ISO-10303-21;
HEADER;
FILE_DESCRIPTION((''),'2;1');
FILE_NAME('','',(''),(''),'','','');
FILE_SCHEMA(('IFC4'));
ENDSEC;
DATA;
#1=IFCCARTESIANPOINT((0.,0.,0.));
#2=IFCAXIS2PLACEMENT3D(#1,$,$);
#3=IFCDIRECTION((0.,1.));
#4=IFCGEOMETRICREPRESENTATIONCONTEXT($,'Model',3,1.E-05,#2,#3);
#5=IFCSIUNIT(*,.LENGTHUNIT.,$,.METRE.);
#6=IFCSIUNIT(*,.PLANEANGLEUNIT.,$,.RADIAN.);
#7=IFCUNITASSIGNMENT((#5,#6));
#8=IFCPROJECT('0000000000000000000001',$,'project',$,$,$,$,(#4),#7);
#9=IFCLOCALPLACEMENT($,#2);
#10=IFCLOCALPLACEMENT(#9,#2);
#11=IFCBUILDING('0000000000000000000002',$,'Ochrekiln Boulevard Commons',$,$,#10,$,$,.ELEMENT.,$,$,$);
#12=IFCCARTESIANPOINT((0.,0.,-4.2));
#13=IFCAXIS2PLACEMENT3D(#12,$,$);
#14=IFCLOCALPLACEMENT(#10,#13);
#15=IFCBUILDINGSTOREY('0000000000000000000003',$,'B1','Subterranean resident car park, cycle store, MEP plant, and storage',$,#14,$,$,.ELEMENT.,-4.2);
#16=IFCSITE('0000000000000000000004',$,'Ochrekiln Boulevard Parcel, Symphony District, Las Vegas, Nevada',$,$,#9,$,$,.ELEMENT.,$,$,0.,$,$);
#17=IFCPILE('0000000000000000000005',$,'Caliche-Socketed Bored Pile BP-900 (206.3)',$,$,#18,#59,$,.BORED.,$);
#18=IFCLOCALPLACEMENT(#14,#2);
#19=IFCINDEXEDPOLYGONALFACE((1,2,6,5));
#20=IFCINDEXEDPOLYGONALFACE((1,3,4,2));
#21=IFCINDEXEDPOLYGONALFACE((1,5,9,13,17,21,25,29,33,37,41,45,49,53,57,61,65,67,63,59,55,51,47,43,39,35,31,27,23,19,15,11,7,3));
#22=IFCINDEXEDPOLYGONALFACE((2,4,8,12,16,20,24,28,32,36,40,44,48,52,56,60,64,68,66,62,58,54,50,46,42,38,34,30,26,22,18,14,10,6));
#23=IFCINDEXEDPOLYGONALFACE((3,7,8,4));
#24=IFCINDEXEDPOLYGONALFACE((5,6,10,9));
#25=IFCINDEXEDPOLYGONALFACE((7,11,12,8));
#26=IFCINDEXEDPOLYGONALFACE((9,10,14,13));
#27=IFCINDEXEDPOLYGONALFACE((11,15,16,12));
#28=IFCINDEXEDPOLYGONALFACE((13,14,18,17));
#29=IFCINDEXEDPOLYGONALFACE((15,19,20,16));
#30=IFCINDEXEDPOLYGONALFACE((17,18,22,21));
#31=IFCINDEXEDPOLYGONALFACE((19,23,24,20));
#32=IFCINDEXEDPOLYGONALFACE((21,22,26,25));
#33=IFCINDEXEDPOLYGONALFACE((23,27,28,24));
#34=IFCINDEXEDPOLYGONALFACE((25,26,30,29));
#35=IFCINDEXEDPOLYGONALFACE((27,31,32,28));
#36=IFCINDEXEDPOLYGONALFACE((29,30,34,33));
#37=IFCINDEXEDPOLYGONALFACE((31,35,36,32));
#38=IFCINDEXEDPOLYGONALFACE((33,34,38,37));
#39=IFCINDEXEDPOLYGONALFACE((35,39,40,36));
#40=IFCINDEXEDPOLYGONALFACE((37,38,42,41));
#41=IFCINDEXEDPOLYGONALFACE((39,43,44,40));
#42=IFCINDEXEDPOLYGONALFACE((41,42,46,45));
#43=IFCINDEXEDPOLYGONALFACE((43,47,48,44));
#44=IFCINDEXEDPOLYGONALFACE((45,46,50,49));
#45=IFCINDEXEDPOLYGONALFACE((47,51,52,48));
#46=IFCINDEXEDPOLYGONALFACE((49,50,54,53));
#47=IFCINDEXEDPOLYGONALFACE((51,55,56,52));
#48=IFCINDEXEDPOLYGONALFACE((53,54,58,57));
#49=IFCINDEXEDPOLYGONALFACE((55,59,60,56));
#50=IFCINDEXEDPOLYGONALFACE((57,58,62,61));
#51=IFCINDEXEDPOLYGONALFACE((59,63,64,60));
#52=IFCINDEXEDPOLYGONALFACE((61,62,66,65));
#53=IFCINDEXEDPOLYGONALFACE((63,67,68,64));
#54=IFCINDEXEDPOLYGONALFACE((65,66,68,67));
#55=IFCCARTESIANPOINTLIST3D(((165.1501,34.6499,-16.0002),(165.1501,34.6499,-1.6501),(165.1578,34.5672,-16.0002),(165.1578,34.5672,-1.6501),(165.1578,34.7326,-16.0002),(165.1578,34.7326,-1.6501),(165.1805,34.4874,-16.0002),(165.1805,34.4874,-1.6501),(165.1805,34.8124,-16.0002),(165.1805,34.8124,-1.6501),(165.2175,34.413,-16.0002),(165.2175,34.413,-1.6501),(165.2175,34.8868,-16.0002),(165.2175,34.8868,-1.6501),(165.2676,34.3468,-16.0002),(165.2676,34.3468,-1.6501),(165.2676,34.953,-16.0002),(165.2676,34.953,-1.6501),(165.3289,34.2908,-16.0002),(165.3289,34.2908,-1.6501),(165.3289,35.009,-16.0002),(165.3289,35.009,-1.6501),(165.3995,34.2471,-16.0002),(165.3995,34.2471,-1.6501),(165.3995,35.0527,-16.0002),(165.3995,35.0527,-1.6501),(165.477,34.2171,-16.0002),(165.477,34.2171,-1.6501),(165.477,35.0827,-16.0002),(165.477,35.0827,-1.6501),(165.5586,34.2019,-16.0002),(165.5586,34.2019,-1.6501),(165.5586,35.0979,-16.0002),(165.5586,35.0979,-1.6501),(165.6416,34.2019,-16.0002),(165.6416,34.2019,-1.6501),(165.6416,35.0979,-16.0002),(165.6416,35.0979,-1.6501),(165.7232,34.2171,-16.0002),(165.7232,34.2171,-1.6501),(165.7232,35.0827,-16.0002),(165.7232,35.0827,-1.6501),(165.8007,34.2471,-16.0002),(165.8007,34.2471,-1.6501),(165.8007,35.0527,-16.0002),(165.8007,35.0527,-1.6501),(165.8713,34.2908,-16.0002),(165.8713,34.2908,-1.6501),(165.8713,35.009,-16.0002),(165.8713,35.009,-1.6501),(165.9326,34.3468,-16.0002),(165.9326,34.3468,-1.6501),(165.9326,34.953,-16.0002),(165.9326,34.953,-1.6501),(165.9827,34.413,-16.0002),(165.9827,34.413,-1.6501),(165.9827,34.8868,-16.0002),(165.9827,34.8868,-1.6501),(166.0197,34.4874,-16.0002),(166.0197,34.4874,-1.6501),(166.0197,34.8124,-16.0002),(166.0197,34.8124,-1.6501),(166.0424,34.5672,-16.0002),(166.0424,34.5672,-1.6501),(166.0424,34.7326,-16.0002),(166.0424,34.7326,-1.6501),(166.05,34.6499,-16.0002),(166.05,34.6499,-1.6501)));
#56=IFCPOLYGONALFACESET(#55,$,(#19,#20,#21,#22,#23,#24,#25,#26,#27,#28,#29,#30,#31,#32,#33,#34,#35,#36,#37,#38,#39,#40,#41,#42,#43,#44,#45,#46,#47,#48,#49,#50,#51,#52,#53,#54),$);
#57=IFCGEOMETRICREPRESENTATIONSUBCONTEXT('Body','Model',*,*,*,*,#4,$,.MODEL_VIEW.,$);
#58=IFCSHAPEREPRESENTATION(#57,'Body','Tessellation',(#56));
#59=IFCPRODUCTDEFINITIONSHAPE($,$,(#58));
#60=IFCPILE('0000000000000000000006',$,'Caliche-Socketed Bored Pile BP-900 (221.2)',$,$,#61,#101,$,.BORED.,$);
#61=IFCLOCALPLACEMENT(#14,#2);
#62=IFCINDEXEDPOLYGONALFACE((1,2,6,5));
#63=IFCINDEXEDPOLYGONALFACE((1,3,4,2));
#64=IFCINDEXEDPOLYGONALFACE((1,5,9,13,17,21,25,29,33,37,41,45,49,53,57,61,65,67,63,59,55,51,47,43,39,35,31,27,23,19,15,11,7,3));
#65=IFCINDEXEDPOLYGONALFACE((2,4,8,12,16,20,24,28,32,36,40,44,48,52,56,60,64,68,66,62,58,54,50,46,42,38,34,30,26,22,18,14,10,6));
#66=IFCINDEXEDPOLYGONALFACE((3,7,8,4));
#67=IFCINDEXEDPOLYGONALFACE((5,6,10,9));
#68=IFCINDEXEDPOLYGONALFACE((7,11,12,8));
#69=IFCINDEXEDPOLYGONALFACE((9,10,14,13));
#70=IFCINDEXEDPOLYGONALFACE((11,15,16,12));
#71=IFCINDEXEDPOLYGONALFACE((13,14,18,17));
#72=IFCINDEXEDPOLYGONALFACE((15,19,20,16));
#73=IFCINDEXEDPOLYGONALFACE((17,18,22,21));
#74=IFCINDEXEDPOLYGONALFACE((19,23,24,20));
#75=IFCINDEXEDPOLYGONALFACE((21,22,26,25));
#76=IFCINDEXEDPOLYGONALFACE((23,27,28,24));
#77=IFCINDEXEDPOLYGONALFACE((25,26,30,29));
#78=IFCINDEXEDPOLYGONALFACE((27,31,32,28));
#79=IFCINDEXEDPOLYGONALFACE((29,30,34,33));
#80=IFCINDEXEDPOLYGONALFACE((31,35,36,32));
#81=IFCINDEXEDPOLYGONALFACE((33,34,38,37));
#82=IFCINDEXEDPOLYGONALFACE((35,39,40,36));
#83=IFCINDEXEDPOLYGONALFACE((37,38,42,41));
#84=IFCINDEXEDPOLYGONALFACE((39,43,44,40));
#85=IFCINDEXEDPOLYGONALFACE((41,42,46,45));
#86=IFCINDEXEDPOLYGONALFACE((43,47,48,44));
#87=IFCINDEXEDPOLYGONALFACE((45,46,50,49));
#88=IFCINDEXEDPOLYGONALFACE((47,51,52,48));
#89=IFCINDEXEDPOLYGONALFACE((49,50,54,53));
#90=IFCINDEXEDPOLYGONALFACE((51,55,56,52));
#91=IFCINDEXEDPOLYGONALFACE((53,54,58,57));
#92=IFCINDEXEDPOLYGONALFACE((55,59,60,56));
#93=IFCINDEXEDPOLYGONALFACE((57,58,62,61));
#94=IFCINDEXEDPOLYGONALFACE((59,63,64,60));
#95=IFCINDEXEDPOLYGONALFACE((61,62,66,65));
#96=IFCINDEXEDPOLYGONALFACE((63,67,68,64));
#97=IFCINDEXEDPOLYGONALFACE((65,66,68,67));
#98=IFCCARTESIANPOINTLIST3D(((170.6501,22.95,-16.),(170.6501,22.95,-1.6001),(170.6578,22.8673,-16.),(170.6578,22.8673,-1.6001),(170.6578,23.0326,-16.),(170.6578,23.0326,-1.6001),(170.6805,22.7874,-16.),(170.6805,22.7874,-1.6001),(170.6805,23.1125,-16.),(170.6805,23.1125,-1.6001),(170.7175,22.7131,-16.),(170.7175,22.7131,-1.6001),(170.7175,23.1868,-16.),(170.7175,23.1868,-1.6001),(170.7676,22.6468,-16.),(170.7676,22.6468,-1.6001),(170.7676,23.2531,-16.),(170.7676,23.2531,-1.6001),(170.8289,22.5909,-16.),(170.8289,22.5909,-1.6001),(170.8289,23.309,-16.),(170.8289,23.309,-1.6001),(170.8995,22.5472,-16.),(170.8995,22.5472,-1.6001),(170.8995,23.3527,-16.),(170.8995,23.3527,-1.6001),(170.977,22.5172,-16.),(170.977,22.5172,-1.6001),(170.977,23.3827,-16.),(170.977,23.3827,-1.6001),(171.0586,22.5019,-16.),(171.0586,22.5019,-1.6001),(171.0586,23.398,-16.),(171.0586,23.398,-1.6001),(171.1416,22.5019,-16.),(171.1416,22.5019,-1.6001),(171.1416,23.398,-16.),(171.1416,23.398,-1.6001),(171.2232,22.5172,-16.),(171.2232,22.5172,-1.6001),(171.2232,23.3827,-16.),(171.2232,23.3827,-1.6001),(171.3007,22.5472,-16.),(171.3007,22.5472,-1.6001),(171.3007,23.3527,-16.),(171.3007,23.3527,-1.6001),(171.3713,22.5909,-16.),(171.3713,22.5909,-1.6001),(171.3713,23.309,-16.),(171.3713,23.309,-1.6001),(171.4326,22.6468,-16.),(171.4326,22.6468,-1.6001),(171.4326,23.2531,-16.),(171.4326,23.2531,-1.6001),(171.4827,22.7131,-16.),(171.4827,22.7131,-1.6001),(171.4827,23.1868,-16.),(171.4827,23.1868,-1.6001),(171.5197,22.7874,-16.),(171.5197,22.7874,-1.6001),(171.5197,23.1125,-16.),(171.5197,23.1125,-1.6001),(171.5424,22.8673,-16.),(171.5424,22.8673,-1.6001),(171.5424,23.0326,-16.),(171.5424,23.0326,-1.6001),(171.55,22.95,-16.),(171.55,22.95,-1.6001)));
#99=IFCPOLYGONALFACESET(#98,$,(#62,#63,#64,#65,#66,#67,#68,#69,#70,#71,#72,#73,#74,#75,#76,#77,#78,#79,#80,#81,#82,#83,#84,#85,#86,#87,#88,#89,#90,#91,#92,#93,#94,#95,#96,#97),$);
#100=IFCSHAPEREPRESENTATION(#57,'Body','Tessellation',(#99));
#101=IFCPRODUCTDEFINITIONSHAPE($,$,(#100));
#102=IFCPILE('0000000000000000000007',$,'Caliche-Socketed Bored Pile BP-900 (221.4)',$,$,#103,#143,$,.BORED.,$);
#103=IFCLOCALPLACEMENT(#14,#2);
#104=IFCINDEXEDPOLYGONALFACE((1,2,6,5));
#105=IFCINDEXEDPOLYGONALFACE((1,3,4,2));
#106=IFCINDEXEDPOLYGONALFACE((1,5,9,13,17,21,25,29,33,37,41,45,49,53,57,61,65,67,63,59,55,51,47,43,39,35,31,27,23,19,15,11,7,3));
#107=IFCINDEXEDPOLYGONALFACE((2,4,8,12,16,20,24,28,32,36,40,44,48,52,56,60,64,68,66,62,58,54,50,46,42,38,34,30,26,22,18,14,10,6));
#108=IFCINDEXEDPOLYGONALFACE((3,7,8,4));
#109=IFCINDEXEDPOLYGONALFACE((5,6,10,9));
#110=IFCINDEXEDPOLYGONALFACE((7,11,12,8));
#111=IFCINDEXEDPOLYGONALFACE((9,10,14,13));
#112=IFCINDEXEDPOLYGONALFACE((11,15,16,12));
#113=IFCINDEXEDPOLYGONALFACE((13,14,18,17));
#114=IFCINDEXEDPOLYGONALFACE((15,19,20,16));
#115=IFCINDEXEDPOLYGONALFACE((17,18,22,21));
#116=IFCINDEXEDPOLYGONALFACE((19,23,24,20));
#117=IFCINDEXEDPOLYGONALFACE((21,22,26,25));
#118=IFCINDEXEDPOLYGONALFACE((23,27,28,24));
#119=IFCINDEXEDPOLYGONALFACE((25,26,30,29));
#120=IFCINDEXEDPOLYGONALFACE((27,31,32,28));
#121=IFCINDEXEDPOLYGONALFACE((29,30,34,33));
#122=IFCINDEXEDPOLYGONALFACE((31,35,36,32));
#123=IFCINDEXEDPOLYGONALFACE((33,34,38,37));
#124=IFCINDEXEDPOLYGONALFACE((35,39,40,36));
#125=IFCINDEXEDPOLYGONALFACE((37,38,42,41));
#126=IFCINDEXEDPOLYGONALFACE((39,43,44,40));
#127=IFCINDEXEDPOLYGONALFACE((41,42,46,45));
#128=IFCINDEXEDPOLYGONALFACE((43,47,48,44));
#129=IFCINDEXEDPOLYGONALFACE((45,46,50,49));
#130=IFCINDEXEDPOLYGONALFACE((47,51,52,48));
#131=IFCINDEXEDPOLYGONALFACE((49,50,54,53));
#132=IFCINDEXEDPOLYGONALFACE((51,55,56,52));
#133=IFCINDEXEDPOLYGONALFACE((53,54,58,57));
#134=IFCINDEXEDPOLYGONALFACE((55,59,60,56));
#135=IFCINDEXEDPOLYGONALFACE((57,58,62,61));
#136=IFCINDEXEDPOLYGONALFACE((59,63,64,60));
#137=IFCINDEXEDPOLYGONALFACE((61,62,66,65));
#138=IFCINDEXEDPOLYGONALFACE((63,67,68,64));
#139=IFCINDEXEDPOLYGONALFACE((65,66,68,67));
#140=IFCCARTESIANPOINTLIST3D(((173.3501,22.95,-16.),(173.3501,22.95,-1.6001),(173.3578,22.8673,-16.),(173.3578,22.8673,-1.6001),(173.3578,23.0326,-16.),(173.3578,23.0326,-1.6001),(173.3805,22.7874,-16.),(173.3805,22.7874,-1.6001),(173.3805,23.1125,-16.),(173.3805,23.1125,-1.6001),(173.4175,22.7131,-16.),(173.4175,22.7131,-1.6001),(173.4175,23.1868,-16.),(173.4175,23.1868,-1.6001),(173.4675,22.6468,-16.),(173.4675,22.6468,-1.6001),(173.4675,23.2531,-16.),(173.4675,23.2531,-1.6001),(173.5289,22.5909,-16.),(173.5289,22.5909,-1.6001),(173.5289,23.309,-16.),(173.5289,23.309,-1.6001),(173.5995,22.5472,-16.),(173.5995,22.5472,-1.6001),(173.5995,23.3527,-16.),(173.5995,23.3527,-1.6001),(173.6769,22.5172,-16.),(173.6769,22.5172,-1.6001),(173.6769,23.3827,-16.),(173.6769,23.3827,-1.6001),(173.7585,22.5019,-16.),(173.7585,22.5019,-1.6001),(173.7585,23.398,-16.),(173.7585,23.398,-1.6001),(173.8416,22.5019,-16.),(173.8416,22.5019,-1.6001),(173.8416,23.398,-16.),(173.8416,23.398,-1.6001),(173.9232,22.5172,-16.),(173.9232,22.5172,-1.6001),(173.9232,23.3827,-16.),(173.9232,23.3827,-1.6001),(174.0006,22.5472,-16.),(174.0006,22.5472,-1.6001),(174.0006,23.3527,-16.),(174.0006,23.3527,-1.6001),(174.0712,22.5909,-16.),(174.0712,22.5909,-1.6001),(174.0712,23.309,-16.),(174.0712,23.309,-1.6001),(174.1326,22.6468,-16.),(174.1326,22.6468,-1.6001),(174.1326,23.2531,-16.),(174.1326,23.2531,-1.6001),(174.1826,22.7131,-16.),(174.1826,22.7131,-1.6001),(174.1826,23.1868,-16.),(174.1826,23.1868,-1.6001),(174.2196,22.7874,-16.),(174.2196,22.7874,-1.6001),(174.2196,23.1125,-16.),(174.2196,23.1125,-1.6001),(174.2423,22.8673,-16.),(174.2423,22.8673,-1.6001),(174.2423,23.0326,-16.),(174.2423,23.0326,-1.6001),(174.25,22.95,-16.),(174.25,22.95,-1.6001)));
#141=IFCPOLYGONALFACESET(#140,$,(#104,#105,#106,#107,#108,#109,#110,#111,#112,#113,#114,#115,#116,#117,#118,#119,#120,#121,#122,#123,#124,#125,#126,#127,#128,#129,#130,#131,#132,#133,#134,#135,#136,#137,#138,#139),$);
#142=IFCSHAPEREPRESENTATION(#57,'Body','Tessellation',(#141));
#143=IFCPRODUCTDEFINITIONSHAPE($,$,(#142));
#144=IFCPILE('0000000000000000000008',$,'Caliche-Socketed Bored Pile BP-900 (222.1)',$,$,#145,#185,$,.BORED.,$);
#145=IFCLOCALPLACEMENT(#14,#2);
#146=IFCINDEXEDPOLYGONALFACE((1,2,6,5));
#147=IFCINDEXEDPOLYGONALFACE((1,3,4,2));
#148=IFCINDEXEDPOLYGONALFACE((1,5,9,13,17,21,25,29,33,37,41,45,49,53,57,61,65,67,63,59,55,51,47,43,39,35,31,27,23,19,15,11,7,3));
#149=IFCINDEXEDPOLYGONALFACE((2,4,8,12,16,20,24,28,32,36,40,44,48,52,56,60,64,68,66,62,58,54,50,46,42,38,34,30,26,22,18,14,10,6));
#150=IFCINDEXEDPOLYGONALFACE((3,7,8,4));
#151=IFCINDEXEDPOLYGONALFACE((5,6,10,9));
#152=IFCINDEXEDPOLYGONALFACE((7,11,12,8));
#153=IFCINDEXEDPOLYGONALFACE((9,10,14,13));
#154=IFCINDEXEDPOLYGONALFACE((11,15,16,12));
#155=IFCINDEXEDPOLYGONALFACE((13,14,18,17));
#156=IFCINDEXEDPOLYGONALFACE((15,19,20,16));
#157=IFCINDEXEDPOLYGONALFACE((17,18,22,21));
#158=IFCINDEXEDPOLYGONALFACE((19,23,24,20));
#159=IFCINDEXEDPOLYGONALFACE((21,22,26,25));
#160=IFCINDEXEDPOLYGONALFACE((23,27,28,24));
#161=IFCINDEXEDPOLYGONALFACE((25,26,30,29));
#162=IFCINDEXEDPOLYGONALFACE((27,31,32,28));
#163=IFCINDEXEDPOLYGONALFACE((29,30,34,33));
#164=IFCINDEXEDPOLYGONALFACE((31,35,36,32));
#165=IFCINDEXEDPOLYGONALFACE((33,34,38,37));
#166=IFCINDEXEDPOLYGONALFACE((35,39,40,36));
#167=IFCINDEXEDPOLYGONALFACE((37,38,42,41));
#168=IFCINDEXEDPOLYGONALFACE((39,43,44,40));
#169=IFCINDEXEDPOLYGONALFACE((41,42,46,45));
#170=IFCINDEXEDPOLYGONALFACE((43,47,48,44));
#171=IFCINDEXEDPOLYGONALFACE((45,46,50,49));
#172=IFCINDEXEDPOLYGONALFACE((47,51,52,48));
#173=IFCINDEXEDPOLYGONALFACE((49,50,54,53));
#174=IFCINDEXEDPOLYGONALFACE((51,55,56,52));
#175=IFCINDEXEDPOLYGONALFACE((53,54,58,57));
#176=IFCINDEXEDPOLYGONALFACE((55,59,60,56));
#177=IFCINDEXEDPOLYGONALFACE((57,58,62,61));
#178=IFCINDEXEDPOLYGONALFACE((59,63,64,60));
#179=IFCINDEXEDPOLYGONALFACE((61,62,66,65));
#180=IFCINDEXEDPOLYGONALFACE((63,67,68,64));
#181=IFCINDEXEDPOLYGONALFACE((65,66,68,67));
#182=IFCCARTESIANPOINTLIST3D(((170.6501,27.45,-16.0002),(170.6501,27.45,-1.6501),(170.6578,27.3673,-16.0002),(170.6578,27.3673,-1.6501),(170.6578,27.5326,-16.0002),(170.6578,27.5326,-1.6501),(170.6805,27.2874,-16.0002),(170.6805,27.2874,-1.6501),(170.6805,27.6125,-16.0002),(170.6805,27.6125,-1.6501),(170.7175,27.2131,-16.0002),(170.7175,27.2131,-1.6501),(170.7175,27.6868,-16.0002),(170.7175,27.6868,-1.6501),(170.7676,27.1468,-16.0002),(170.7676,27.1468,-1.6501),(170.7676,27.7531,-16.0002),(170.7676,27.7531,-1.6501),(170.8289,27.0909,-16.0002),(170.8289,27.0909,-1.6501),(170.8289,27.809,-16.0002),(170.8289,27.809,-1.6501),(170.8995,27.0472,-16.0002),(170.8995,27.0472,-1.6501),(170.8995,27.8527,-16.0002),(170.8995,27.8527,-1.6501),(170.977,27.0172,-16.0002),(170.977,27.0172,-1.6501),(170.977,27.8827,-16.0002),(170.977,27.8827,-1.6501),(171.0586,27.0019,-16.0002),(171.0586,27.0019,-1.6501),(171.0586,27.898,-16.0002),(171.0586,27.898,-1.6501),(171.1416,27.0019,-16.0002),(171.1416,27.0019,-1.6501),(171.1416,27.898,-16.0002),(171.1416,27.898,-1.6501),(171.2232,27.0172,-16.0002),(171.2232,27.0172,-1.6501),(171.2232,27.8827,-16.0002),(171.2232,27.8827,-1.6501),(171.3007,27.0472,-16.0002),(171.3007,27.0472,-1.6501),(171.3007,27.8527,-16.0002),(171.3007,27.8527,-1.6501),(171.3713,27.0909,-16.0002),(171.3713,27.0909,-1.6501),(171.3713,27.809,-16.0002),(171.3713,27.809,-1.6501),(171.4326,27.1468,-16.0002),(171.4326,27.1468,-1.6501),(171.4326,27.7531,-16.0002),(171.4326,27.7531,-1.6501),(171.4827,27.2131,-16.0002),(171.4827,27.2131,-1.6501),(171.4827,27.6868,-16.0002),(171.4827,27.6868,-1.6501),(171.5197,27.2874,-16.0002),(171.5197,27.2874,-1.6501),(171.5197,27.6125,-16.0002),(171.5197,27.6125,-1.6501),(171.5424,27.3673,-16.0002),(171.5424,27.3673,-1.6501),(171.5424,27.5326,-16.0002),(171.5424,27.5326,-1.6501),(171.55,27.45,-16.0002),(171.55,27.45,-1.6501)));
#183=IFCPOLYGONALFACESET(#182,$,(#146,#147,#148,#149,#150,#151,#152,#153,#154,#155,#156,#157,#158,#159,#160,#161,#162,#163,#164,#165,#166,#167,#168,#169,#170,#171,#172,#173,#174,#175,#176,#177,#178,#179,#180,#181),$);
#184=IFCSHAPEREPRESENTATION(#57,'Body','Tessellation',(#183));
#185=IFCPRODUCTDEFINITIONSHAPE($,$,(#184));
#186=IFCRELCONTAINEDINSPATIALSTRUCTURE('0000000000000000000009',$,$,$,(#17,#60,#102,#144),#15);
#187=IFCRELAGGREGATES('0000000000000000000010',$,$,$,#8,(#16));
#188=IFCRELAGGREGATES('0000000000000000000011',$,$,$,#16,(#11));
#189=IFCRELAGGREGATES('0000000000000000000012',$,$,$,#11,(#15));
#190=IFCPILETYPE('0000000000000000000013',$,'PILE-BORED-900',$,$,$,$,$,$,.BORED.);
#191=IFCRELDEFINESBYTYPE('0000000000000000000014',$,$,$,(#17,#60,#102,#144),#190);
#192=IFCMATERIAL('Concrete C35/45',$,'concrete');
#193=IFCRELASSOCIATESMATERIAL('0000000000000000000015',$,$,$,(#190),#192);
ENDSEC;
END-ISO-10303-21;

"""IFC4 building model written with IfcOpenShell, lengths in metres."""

from ifc_helpers import new_model, si_unit, direction, frame, origin, origin_2d, place, context, subcontext, project, spatial, circle, extrude, material, material_profile, profile_set, type_object, element, save


model = new_model("IFC4")

# Units and contexts
model_context = context("Model", 3, precision=1e-05, world=origin(), true_north=direction((0.0, 1.0)))
body_context = subcontext(model_context, "Body", "Model", "MODEL_VIEW")
ifc_project = project(units=[si_unit("LENGTHUNIT", "METRE"), si_unit("PLANEANGLEUNIT", "RADIAN")], contexts=[model_context])

# Site, building, storey
site_placement = place(None, origin())
site = spatial("IfcSite", under=ifc_project, at=site_placement, Name="Ochrekiln Boulevard Parcel, Symphony District, Las Vegas, Nevada", CompositionType="ELEMENT", RefElevation=0.0)
building_placement = place(site_placement, origin())
building = spatial("IfcBuilding", under=site, at=building_placement, Name="Ochrekiln Boulevard Commons", CompositionType="ELEMENT")
storey_placement = place(building_placement, frame((0.0, 0.0, -4.2)))
storey = spatial("IfcBuildingStorey", under=building, at=storey_placement, Name="B1", Description="Subterranean resident car park, cycle store, MEP plant, and storage", CompositionType="ELEMENT", Elevation=-4.2)

# Shared definitions
ifc_material_1 = material(Name="Concrete C35/45", Category="concrete")

# Piles
ifc_material_profile_1 = material_profile(ifc_material_1, circle(Radius=0.45, at=origin_2d()), Name="PILE-D900")
ifc_profile_set_1 = profile_set([ifc_material_profile_1], Name="Concrete C35/45")
pile_type = type_object("IfcPileType", Name="PILE-BORED-900", PredefinedType="BORED", material=ifc_profile_set_1)
for number, where, z_axis, x_axis, name in (
    (1, (165.6001, 34.6499, -1.6501), (0.0, 0.0, -1.0), (1.0, 0.0, 0.0), "Caliche-Socketed Bored Pile BP-900 (206.3)"),
):
    element("IfcPile", number, at=place(storey_placement, frame(where, z_axis=z_axis, x_axis=x_axis)), inside=storey, type_object=pile_type, Name=name, PredefinedType="BORED", context=body_context, shape_type="SweptSolid", body=[
        extrude(circle(Radius=0.45, at=origin_2d()), origin(), (0.0, 0.0, 1.0), 14.3501),
    ])
for number, where, z_axis, x_axis, name in (
    (2, (171.1001, 22.95, -1.6001), (0.0, 0.0, -1.0), (1.0, 0.0, 0.0), "Caliche-Socketed Bored Pile BP-900 (221.2)"),
    (3, (173.8, 22.95, -1.6001), (0.0, 0.0, -1.0), (1.0, 0.0, 0.0), "Caliche-Socketed Bored Pile BP-900 (221.4)"),
):
    element("IfcPile", number, at=place(storey_placement, frame(where, z_axis=z_axis, x_axis=x_axis)), inside=storey, type_object=pile_type, Name=name, PredefinedType="BORED", context=body_context, shape_type="SweptSolid", body=[
        extrude(circle(Radius=0.45, at=origin_2d()), origin(), (0.0, 0.0, 1.0), 14.3999),
    ])
for number, where, z_axis, x_axis, name in (
    (4, (171.1001, 27.45, -1.6501), (0.0, 0.0, -1.0), (1.0, 0.0, 0.0), "Caliche-Socketed Bored Pile BP-900 (222.1)"),
):
    element("IfcPile", number, at=place(storey_placement, frame(where, z_axis=z_axis, x_axis=x_axis)), inside=storey, type_object=pile_type, Name=name, PredefinedType="BORED", context=body_context, shape_type="SweptSolid", body=[
        extrude(circle(Radius=0.45, at=origin_2d()), origin(), (0.0, 0.0, 1.0), 14.3501),
    ])

save(model, "model.ifc")
